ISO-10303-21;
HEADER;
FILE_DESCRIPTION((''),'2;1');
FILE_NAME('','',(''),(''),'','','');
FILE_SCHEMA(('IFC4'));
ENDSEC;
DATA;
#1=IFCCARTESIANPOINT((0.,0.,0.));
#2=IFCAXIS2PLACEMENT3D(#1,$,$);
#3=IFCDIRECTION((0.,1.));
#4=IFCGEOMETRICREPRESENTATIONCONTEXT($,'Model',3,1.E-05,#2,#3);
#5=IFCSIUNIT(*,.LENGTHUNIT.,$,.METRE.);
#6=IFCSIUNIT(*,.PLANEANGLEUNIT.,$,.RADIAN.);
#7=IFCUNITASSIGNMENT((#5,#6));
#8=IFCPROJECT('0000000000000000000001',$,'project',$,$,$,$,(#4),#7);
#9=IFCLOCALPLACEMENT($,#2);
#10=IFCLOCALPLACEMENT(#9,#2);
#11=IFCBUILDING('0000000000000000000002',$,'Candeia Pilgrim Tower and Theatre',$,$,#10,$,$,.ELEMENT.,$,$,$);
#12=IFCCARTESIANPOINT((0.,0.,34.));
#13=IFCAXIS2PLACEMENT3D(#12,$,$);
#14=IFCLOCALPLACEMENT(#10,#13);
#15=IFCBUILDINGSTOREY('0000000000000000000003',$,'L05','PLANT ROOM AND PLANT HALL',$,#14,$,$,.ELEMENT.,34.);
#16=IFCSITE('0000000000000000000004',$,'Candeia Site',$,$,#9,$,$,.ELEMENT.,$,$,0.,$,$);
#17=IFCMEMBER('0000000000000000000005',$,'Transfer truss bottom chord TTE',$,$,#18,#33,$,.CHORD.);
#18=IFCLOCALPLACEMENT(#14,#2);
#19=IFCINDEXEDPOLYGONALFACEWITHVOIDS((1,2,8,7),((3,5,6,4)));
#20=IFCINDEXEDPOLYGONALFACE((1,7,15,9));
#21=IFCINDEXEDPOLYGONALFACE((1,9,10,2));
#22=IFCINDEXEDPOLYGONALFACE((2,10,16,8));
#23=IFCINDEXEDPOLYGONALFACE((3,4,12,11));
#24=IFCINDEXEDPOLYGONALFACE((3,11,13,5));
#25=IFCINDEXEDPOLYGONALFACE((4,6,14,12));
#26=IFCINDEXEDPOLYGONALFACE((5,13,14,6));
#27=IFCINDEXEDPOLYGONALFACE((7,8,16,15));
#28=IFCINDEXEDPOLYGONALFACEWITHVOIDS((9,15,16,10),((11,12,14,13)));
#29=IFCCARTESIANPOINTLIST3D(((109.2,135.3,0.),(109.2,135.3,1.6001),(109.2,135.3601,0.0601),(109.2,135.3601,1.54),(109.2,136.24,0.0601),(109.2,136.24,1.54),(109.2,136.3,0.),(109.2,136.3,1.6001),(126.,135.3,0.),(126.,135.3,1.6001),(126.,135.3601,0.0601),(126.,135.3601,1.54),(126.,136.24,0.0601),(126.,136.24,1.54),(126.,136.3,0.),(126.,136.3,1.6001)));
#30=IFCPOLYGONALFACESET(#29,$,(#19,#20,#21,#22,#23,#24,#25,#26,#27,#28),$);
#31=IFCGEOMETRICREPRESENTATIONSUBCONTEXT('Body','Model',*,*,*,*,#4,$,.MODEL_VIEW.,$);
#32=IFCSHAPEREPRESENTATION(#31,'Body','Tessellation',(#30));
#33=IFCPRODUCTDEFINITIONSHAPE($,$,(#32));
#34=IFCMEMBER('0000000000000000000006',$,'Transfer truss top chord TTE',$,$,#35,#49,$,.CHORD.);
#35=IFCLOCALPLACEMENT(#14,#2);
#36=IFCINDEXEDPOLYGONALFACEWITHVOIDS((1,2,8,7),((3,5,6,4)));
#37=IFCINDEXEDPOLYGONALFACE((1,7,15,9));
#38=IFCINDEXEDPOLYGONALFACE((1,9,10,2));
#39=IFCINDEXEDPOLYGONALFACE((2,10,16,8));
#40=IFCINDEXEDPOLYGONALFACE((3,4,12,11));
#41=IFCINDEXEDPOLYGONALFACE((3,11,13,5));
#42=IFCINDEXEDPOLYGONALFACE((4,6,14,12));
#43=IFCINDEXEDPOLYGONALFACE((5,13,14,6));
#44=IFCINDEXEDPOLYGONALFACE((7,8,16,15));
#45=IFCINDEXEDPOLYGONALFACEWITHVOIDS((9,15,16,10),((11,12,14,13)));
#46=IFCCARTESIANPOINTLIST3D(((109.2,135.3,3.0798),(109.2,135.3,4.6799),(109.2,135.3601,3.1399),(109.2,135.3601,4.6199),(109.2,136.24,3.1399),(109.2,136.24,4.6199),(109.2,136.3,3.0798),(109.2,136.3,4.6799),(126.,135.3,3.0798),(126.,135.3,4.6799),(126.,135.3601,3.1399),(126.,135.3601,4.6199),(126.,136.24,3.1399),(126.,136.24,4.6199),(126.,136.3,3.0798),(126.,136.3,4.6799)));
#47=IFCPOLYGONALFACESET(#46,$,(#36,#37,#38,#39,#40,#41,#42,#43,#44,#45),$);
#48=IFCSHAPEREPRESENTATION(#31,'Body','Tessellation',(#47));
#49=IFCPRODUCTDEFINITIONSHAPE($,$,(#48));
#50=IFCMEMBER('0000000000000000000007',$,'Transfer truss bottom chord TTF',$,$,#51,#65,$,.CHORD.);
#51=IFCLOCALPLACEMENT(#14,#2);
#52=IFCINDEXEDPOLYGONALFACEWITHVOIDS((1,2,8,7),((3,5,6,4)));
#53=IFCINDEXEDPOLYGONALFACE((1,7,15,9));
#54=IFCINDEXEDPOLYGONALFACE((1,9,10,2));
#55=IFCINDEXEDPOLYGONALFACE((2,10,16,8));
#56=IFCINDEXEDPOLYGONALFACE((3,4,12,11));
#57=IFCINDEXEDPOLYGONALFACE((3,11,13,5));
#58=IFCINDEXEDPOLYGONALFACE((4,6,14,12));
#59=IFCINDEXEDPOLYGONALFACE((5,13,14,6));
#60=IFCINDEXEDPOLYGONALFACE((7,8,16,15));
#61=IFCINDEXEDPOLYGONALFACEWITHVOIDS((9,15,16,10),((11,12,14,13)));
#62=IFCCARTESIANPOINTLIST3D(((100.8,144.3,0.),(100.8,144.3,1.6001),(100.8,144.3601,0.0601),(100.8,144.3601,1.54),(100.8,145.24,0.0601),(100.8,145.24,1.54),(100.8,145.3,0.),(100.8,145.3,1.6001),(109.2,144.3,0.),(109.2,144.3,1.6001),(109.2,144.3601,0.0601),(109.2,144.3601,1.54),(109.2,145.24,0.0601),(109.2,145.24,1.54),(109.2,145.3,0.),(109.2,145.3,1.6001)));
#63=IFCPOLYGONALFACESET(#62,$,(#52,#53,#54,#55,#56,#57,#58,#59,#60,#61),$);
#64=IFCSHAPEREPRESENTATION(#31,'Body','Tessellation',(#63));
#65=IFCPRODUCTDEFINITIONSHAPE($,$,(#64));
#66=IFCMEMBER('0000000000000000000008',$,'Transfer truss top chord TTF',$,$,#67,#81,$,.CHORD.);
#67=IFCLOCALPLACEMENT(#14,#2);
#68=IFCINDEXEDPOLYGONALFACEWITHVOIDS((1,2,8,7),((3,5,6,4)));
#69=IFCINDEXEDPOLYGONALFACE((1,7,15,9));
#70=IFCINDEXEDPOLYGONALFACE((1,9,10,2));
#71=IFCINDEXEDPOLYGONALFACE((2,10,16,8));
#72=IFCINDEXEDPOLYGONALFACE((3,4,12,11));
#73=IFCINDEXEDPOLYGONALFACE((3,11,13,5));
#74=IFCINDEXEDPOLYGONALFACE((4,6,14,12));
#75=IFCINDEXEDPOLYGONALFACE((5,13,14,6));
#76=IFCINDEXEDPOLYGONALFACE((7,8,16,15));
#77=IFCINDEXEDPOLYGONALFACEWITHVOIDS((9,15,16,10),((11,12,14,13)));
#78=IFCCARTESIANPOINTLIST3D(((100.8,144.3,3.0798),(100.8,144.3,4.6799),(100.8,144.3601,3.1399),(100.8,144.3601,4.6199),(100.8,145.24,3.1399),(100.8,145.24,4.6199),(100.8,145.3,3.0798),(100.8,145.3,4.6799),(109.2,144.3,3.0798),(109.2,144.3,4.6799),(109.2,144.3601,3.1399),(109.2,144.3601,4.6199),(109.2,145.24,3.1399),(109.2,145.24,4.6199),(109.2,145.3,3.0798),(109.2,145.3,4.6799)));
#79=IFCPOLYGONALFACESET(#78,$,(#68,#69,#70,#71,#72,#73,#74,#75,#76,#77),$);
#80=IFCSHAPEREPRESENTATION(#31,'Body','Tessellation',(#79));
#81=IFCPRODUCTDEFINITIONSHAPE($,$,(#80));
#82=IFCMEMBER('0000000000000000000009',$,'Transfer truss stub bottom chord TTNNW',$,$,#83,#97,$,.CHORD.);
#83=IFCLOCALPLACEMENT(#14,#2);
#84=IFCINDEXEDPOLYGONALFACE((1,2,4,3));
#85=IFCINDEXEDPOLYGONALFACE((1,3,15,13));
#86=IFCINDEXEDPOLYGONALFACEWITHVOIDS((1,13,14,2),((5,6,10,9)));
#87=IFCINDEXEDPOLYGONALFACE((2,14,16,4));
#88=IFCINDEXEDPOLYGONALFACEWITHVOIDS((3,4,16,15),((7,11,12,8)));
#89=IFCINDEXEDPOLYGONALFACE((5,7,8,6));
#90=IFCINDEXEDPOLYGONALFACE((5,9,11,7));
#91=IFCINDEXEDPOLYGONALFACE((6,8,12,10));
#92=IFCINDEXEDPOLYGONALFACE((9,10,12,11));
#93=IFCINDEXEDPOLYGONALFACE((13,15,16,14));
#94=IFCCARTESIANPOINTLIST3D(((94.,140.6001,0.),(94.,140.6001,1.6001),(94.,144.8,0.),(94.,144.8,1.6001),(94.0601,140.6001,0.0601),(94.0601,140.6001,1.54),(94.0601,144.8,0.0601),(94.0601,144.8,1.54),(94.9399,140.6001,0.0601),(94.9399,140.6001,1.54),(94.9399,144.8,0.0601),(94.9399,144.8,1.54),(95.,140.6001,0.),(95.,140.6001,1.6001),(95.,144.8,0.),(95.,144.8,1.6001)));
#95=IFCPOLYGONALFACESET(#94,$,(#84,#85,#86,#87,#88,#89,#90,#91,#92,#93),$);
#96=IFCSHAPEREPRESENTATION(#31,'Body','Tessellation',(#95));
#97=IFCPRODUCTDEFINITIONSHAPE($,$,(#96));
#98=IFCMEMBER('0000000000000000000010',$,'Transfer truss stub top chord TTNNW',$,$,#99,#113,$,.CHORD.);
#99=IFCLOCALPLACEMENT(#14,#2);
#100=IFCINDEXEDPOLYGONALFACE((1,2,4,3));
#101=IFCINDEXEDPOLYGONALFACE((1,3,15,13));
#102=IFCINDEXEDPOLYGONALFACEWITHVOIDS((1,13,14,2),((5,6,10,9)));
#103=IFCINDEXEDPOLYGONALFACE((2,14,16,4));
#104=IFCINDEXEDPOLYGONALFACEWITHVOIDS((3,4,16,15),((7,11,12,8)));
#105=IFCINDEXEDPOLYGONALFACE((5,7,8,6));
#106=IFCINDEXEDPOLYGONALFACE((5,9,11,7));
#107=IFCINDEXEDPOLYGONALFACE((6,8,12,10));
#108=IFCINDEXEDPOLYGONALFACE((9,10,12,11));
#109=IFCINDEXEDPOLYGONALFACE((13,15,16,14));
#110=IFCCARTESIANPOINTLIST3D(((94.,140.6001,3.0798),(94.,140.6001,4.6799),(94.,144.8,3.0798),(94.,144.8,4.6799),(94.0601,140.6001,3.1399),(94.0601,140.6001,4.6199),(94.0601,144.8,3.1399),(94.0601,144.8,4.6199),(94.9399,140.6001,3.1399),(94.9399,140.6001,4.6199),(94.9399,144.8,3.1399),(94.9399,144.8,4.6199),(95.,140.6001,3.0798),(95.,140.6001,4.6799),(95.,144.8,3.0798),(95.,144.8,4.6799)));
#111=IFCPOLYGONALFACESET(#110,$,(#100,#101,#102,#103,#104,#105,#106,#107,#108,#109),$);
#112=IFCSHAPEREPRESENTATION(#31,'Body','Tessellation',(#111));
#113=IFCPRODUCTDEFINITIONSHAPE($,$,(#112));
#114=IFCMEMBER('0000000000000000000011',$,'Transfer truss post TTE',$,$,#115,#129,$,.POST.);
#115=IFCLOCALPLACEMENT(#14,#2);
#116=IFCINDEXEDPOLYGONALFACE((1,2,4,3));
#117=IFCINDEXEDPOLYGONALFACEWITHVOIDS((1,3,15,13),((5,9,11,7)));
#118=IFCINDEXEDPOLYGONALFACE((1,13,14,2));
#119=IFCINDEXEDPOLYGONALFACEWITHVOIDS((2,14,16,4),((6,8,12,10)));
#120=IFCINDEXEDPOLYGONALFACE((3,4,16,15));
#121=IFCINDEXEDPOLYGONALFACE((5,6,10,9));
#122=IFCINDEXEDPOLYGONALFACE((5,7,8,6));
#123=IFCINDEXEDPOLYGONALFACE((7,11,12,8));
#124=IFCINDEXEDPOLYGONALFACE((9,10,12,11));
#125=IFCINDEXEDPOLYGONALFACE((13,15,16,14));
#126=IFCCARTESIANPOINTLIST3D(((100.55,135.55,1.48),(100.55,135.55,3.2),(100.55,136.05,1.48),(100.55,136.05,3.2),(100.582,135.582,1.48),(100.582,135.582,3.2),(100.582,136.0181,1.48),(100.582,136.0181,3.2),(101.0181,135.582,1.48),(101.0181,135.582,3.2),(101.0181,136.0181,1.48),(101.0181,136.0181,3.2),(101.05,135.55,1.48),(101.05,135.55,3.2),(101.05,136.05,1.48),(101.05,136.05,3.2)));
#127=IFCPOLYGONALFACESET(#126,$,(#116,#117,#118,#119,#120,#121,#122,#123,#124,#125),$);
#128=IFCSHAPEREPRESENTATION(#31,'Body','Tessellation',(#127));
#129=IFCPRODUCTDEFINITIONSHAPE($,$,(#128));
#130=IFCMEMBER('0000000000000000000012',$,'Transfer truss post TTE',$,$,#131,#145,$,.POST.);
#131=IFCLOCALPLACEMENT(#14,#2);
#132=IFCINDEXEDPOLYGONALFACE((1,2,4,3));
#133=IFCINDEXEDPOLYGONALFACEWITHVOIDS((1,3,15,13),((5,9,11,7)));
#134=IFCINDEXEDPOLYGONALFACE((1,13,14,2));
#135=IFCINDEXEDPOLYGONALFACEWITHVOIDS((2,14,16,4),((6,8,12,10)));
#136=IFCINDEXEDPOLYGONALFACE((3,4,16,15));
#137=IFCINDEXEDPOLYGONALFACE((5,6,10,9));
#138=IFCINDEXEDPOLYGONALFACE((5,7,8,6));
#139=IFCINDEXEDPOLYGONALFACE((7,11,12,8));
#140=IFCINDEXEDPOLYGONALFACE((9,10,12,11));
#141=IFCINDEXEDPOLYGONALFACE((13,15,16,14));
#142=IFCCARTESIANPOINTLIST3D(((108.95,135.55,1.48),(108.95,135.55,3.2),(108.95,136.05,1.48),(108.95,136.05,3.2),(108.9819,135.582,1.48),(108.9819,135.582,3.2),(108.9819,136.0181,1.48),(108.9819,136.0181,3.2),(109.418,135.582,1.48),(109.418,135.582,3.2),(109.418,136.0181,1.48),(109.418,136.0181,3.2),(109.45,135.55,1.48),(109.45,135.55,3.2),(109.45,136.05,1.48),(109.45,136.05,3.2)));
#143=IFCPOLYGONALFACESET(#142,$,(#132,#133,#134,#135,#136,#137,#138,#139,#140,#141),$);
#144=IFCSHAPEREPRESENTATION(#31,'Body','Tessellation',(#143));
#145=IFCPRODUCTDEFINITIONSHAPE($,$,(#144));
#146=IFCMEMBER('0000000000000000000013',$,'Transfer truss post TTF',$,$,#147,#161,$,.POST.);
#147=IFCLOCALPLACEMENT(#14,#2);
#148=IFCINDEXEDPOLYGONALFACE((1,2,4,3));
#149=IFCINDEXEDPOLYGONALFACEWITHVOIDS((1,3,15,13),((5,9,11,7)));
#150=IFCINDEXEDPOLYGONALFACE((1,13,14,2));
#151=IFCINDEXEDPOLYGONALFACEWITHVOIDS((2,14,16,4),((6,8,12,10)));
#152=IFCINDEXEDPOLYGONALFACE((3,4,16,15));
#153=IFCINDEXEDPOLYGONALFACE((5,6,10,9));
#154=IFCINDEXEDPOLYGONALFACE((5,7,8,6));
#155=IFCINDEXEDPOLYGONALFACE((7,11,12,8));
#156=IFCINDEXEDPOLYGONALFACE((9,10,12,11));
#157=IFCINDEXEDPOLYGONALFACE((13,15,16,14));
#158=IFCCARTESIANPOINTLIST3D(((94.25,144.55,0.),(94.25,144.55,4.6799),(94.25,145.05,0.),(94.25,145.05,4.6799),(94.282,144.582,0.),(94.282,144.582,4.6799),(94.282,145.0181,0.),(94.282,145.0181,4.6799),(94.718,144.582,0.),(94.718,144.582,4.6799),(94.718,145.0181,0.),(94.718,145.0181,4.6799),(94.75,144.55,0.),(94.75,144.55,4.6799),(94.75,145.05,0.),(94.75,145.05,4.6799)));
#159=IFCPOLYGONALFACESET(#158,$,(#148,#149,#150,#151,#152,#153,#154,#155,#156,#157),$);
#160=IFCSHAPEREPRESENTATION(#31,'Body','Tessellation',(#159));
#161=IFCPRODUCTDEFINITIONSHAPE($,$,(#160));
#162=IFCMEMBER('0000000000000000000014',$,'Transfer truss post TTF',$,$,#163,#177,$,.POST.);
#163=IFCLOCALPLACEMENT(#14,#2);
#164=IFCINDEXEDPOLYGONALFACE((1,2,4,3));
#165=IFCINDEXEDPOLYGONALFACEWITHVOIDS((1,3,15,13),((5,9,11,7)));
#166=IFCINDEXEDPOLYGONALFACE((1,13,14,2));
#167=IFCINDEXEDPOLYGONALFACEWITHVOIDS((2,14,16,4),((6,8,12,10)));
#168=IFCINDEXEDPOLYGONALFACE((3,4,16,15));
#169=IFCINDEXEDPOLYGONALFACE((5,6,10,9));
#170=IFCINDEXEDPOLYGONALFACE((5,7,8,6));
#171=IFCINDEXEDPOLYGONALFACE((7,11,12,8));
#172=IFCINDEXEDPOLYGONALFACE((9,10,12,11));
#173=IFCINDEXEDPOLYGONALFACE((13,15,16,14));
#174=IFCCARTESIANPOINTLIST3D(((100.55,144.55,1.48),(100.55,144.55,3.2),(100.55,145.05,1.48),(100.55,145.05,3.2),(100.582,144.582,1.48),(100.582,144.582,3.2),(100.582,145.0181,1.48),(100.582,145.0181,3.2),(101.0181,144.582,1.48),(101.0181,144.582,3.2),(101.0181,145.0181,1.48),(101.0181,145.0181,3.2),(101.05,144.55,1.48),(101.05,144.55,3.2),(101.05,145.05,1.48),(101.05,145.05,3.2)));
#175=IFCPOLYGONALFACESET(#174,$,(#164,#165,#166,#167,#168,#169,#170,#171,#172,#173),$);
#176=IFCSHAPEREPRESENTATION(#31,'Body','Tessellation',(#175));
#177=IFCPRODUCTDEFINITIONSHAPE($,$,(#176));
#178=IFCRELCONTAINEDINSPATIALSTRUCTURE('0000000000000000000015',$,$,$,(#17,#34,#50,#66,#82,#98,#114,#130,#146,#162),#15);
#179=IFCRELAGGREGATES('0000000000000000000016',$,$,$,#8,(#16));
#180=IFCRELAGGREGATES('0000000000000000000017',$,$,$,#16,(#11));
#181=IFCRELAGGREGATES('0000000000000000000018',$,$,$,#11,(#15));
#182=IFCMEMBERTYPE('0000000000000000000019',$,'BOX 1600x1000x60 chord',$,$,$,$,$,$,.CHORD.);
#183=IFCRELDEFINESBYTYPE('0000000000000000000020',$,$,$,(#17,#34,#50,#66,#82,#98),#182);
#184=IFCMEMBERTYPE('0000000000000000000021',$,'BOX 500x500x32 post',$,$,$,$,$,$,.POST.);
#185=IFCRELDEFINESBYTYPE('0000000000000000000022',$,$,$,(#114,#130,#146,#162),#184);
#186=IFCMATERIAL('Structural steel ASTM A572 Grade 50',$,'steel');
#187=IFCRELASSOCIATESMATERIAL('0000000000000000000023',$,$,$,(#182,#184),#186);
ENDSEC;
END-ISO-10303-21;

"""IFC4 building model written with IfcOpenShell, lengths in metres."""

from ifc_helpers import new_model, si_unit, direction, frame, origin, origin_2d, place, context, subcontext, project, spatial, hollow_rectangle, extrude, material, material_profile, profile_set, type_object, element, save


model = new_model("IFC4")

# Units and contexts
model_context = context("Model", 3, precision=1e-05, world=origin(), true_north=direction((0.0, 1.0)))
body_context = subcontext(model_context, "Body", "Model", "MODEL_VIEW")
ifc_project = project(units=[si_unit("LENGTHUNIT", "METRE"), si_unit("PLANEANGLEUNIT", "RADIAN")], contexts=[model_context])

# Site, building, storey
site_placement = place(None, origin())
site = spatial("IfcSite", under=ifc_project, at=site_placement, Name="Candeia Site", CompositionType="ELEMENT", RefElevation=0.0)
building_placement = place(site_placement, origin())
building = spatial("IfcBuilding", under=site, at=building_placement, Name="Candeia Pilgrim Tower and Theatre", CompositionType="ELEMENT")
storey_placement = place(building_placement, frame((0.0, 0.0, 34.0)))
storey = spatial("IfcBuildingStorey", under=building, at=storey_placement, Name="L05", Description="PLANT ROOM AND PLANT HALL", CompositionType="ELEMENT", Elevation=34.0)

# Members
ifc_material_1 = material(Name="Structural steel ASTM A572 Grade 50", Category="steel")
ifc_material_profile_1 = material_profile(ifc_material_1, hollow_rectangle(XDim=1.0, YDim=1.6001, WallThickness=0.0601, at=origin_2d()))
ifc_profile_set_1 = profile_set([ifc_material_profile_1], Name="Structural steel ASTM A572 Grade 50")
member_type_1 = type_object("IfcMemberType", Name="BOX 1600x1000x60 chord", PredefinedType="CHORD", material=ifc_profile_set_1)
for number, where, z_axis, x_axis, name in (
    (1, (109.2, 135.8, 0.8), (1.0, 0.0, 0.0), (0.0, 1.0, 0.0), "Transfer truss bottom chord TTE"),
    (2, (109.2, 135.8, 3.8799), (1.0, 0.0, 0.0), (0.0, 1.0, 0.0), "Transfer truss top chord TTE"),
):
    element("IfcMember", number, at=place(storey_placement, frame(where, z_axis=z_axis, x_axis=x_axis)), inside=storey, type_object=member_type_1, Name=name, PredefinedType="CHORD", context=body_context, shape_type="SweptSolid", body=[
        extrude(hollow_rectangle(XDim=1.0, YDim=1.6001, WallThickness=0.0601, at=origin_2d()), origin(), (0.0, 0.0, 1.0), 16.8),
    ])
for number, where, z_axis, x_axis, name in (
    (3, (100.8, 144.8, 0.8), (1.0, 0.0, 0.0), (0.0, 1.0, 0.0), "Transfer truss bottom chord TTF"),
    (4, (100.8, 144.8, 3.8799), (1.0, 0.0, 0.0), (0.0, 1.0, 0.0), "Transfer truss top chord TTF"),
):
    element("IfcMember", number, at=place(storey_placement, frame(where, z_axis=z_axis, x_axis=x_axis)), inside=storey, type_object=member_type_1, Name=name, PredefinedType="CHORD", context=body_context, shape_type="SweptSolid", body=[
        extrude(hollow_rectangle(XDim=1.0, YDim=1.6001, WallThickness=0.0601, at=origin_2d()), origin(), (0.0, 0.0, 1.0), 8.3999),
    ])
for number, where, z_axis, x_axis, name in (
    (5, (94.5, 144.8, 0.8), (0.0, -1.0, 0.0), (1.0, 0.0, 0.0), "Transfer truss stub bottom chord TTNNW"),
    (6, (94.5, 144.8, 3.8799), (0.0, -1.0, 0.0), (1.0, 0.0, 0.0), "Transfer truss stub top chord TTNNW"),
):
    element("IfcMember", number, at=place(storey_placement, frame(where, z_axis=z_axis, x_axis=x_axis)), inside=storey, type_object=member_type_1, Name=name, PredefinedType="CHORD", context=body_context, shape_type="SweptSolid", body=[
        extrude(hollow_rectangle(XDim=1.0, YDim=1.6001, WallThickness=0.0601, at=origin_2d()), origin(), (0.0, 0.0, 1.0), 4.2),
    ])
ifc_material_profile_2 = material_profile(ifc_material_1, hollow_rectangle(XDim=0.5, YDim=0.5, WallThickness=0.032, at=origin_2d()))
ifc_profile_set_2 = profile_set([ifc_material_profile_2], Name="Structural steel ASTM A572 Grade 50")
member_type_2 = type_object("IfcMemberType", Name="BOX 500x500x32 post", PredefinedType="POST", material=ifc_profile_set_2)
for number, where, z_axis, x_axis, name in (
    (7, (100.8, 135.8, 1.48), (0.0, 0.0, 1.0), (1.0, 0.0, 0.0), "Transfer truss post TTE"),
    (8, (109.2, 135.8, 1.48), (0.0, 0.0, 1.0), (1.0, 0.0, 0.0), "Transfer truss post TTE"),
):
    element("IfcMember", number, at=place(storey_placement, frame(where, z_axis=z_axis, x_axis=x_axis)), inside=storey, type_object=member_type_2, Name=name, PredefinedType="POST", context=body_context, shape_type="SweptSolid", body=[
        extrude(hollow_rectangle(XDim=0.5, YDim=0.5, WallThickness=0.032, at=origin_2d()), origin(), (0.0, 0.0, 1.0), 1.72),
    ])
member_1_placement = place(storey_placement, frame((94.5, 144.8, 0.0), z_axis=(0.0, 0.0, 1.0), x_axis=(1.0, 0.0, 0.0)))
element("IfcMember", 9, at=member_1_placement, inside=storey, type_object=member_type_2, Name="Transfer truss post TTF", PredefinedType="POST", context=body_context, shape_type="SweptSolid", body=[
    extrude(hollow_rectangle(XDim=0.5, YDim=0.5, WallThickness=0.032, at=origin_2d()), origin(), (0.0, 0.0, 1.0), 4.6799),
])
member_2_placement = place(storey_placement, frame((100.8, 144.8, 1.48), z_axis=(0.0, 0.0, 1.0), x_axis=(1.0, 0.0, 0.0)))
element("IfcMember", 10, at=member_2_placement, inside=storey, type_object=member_type_2, Name="Transfer truss post TTF", PredefinedType="POST", context=body_context, shape_type="SweptSolid", body=[
    extrude(hollow_rectangle(XDim=0.5, YDim=0.5, WallThickness=0.032, at=origin_2d()), origin(), (0.0, 0.0, 1.0), 1.72),
])

save(model, "model.ifc")
